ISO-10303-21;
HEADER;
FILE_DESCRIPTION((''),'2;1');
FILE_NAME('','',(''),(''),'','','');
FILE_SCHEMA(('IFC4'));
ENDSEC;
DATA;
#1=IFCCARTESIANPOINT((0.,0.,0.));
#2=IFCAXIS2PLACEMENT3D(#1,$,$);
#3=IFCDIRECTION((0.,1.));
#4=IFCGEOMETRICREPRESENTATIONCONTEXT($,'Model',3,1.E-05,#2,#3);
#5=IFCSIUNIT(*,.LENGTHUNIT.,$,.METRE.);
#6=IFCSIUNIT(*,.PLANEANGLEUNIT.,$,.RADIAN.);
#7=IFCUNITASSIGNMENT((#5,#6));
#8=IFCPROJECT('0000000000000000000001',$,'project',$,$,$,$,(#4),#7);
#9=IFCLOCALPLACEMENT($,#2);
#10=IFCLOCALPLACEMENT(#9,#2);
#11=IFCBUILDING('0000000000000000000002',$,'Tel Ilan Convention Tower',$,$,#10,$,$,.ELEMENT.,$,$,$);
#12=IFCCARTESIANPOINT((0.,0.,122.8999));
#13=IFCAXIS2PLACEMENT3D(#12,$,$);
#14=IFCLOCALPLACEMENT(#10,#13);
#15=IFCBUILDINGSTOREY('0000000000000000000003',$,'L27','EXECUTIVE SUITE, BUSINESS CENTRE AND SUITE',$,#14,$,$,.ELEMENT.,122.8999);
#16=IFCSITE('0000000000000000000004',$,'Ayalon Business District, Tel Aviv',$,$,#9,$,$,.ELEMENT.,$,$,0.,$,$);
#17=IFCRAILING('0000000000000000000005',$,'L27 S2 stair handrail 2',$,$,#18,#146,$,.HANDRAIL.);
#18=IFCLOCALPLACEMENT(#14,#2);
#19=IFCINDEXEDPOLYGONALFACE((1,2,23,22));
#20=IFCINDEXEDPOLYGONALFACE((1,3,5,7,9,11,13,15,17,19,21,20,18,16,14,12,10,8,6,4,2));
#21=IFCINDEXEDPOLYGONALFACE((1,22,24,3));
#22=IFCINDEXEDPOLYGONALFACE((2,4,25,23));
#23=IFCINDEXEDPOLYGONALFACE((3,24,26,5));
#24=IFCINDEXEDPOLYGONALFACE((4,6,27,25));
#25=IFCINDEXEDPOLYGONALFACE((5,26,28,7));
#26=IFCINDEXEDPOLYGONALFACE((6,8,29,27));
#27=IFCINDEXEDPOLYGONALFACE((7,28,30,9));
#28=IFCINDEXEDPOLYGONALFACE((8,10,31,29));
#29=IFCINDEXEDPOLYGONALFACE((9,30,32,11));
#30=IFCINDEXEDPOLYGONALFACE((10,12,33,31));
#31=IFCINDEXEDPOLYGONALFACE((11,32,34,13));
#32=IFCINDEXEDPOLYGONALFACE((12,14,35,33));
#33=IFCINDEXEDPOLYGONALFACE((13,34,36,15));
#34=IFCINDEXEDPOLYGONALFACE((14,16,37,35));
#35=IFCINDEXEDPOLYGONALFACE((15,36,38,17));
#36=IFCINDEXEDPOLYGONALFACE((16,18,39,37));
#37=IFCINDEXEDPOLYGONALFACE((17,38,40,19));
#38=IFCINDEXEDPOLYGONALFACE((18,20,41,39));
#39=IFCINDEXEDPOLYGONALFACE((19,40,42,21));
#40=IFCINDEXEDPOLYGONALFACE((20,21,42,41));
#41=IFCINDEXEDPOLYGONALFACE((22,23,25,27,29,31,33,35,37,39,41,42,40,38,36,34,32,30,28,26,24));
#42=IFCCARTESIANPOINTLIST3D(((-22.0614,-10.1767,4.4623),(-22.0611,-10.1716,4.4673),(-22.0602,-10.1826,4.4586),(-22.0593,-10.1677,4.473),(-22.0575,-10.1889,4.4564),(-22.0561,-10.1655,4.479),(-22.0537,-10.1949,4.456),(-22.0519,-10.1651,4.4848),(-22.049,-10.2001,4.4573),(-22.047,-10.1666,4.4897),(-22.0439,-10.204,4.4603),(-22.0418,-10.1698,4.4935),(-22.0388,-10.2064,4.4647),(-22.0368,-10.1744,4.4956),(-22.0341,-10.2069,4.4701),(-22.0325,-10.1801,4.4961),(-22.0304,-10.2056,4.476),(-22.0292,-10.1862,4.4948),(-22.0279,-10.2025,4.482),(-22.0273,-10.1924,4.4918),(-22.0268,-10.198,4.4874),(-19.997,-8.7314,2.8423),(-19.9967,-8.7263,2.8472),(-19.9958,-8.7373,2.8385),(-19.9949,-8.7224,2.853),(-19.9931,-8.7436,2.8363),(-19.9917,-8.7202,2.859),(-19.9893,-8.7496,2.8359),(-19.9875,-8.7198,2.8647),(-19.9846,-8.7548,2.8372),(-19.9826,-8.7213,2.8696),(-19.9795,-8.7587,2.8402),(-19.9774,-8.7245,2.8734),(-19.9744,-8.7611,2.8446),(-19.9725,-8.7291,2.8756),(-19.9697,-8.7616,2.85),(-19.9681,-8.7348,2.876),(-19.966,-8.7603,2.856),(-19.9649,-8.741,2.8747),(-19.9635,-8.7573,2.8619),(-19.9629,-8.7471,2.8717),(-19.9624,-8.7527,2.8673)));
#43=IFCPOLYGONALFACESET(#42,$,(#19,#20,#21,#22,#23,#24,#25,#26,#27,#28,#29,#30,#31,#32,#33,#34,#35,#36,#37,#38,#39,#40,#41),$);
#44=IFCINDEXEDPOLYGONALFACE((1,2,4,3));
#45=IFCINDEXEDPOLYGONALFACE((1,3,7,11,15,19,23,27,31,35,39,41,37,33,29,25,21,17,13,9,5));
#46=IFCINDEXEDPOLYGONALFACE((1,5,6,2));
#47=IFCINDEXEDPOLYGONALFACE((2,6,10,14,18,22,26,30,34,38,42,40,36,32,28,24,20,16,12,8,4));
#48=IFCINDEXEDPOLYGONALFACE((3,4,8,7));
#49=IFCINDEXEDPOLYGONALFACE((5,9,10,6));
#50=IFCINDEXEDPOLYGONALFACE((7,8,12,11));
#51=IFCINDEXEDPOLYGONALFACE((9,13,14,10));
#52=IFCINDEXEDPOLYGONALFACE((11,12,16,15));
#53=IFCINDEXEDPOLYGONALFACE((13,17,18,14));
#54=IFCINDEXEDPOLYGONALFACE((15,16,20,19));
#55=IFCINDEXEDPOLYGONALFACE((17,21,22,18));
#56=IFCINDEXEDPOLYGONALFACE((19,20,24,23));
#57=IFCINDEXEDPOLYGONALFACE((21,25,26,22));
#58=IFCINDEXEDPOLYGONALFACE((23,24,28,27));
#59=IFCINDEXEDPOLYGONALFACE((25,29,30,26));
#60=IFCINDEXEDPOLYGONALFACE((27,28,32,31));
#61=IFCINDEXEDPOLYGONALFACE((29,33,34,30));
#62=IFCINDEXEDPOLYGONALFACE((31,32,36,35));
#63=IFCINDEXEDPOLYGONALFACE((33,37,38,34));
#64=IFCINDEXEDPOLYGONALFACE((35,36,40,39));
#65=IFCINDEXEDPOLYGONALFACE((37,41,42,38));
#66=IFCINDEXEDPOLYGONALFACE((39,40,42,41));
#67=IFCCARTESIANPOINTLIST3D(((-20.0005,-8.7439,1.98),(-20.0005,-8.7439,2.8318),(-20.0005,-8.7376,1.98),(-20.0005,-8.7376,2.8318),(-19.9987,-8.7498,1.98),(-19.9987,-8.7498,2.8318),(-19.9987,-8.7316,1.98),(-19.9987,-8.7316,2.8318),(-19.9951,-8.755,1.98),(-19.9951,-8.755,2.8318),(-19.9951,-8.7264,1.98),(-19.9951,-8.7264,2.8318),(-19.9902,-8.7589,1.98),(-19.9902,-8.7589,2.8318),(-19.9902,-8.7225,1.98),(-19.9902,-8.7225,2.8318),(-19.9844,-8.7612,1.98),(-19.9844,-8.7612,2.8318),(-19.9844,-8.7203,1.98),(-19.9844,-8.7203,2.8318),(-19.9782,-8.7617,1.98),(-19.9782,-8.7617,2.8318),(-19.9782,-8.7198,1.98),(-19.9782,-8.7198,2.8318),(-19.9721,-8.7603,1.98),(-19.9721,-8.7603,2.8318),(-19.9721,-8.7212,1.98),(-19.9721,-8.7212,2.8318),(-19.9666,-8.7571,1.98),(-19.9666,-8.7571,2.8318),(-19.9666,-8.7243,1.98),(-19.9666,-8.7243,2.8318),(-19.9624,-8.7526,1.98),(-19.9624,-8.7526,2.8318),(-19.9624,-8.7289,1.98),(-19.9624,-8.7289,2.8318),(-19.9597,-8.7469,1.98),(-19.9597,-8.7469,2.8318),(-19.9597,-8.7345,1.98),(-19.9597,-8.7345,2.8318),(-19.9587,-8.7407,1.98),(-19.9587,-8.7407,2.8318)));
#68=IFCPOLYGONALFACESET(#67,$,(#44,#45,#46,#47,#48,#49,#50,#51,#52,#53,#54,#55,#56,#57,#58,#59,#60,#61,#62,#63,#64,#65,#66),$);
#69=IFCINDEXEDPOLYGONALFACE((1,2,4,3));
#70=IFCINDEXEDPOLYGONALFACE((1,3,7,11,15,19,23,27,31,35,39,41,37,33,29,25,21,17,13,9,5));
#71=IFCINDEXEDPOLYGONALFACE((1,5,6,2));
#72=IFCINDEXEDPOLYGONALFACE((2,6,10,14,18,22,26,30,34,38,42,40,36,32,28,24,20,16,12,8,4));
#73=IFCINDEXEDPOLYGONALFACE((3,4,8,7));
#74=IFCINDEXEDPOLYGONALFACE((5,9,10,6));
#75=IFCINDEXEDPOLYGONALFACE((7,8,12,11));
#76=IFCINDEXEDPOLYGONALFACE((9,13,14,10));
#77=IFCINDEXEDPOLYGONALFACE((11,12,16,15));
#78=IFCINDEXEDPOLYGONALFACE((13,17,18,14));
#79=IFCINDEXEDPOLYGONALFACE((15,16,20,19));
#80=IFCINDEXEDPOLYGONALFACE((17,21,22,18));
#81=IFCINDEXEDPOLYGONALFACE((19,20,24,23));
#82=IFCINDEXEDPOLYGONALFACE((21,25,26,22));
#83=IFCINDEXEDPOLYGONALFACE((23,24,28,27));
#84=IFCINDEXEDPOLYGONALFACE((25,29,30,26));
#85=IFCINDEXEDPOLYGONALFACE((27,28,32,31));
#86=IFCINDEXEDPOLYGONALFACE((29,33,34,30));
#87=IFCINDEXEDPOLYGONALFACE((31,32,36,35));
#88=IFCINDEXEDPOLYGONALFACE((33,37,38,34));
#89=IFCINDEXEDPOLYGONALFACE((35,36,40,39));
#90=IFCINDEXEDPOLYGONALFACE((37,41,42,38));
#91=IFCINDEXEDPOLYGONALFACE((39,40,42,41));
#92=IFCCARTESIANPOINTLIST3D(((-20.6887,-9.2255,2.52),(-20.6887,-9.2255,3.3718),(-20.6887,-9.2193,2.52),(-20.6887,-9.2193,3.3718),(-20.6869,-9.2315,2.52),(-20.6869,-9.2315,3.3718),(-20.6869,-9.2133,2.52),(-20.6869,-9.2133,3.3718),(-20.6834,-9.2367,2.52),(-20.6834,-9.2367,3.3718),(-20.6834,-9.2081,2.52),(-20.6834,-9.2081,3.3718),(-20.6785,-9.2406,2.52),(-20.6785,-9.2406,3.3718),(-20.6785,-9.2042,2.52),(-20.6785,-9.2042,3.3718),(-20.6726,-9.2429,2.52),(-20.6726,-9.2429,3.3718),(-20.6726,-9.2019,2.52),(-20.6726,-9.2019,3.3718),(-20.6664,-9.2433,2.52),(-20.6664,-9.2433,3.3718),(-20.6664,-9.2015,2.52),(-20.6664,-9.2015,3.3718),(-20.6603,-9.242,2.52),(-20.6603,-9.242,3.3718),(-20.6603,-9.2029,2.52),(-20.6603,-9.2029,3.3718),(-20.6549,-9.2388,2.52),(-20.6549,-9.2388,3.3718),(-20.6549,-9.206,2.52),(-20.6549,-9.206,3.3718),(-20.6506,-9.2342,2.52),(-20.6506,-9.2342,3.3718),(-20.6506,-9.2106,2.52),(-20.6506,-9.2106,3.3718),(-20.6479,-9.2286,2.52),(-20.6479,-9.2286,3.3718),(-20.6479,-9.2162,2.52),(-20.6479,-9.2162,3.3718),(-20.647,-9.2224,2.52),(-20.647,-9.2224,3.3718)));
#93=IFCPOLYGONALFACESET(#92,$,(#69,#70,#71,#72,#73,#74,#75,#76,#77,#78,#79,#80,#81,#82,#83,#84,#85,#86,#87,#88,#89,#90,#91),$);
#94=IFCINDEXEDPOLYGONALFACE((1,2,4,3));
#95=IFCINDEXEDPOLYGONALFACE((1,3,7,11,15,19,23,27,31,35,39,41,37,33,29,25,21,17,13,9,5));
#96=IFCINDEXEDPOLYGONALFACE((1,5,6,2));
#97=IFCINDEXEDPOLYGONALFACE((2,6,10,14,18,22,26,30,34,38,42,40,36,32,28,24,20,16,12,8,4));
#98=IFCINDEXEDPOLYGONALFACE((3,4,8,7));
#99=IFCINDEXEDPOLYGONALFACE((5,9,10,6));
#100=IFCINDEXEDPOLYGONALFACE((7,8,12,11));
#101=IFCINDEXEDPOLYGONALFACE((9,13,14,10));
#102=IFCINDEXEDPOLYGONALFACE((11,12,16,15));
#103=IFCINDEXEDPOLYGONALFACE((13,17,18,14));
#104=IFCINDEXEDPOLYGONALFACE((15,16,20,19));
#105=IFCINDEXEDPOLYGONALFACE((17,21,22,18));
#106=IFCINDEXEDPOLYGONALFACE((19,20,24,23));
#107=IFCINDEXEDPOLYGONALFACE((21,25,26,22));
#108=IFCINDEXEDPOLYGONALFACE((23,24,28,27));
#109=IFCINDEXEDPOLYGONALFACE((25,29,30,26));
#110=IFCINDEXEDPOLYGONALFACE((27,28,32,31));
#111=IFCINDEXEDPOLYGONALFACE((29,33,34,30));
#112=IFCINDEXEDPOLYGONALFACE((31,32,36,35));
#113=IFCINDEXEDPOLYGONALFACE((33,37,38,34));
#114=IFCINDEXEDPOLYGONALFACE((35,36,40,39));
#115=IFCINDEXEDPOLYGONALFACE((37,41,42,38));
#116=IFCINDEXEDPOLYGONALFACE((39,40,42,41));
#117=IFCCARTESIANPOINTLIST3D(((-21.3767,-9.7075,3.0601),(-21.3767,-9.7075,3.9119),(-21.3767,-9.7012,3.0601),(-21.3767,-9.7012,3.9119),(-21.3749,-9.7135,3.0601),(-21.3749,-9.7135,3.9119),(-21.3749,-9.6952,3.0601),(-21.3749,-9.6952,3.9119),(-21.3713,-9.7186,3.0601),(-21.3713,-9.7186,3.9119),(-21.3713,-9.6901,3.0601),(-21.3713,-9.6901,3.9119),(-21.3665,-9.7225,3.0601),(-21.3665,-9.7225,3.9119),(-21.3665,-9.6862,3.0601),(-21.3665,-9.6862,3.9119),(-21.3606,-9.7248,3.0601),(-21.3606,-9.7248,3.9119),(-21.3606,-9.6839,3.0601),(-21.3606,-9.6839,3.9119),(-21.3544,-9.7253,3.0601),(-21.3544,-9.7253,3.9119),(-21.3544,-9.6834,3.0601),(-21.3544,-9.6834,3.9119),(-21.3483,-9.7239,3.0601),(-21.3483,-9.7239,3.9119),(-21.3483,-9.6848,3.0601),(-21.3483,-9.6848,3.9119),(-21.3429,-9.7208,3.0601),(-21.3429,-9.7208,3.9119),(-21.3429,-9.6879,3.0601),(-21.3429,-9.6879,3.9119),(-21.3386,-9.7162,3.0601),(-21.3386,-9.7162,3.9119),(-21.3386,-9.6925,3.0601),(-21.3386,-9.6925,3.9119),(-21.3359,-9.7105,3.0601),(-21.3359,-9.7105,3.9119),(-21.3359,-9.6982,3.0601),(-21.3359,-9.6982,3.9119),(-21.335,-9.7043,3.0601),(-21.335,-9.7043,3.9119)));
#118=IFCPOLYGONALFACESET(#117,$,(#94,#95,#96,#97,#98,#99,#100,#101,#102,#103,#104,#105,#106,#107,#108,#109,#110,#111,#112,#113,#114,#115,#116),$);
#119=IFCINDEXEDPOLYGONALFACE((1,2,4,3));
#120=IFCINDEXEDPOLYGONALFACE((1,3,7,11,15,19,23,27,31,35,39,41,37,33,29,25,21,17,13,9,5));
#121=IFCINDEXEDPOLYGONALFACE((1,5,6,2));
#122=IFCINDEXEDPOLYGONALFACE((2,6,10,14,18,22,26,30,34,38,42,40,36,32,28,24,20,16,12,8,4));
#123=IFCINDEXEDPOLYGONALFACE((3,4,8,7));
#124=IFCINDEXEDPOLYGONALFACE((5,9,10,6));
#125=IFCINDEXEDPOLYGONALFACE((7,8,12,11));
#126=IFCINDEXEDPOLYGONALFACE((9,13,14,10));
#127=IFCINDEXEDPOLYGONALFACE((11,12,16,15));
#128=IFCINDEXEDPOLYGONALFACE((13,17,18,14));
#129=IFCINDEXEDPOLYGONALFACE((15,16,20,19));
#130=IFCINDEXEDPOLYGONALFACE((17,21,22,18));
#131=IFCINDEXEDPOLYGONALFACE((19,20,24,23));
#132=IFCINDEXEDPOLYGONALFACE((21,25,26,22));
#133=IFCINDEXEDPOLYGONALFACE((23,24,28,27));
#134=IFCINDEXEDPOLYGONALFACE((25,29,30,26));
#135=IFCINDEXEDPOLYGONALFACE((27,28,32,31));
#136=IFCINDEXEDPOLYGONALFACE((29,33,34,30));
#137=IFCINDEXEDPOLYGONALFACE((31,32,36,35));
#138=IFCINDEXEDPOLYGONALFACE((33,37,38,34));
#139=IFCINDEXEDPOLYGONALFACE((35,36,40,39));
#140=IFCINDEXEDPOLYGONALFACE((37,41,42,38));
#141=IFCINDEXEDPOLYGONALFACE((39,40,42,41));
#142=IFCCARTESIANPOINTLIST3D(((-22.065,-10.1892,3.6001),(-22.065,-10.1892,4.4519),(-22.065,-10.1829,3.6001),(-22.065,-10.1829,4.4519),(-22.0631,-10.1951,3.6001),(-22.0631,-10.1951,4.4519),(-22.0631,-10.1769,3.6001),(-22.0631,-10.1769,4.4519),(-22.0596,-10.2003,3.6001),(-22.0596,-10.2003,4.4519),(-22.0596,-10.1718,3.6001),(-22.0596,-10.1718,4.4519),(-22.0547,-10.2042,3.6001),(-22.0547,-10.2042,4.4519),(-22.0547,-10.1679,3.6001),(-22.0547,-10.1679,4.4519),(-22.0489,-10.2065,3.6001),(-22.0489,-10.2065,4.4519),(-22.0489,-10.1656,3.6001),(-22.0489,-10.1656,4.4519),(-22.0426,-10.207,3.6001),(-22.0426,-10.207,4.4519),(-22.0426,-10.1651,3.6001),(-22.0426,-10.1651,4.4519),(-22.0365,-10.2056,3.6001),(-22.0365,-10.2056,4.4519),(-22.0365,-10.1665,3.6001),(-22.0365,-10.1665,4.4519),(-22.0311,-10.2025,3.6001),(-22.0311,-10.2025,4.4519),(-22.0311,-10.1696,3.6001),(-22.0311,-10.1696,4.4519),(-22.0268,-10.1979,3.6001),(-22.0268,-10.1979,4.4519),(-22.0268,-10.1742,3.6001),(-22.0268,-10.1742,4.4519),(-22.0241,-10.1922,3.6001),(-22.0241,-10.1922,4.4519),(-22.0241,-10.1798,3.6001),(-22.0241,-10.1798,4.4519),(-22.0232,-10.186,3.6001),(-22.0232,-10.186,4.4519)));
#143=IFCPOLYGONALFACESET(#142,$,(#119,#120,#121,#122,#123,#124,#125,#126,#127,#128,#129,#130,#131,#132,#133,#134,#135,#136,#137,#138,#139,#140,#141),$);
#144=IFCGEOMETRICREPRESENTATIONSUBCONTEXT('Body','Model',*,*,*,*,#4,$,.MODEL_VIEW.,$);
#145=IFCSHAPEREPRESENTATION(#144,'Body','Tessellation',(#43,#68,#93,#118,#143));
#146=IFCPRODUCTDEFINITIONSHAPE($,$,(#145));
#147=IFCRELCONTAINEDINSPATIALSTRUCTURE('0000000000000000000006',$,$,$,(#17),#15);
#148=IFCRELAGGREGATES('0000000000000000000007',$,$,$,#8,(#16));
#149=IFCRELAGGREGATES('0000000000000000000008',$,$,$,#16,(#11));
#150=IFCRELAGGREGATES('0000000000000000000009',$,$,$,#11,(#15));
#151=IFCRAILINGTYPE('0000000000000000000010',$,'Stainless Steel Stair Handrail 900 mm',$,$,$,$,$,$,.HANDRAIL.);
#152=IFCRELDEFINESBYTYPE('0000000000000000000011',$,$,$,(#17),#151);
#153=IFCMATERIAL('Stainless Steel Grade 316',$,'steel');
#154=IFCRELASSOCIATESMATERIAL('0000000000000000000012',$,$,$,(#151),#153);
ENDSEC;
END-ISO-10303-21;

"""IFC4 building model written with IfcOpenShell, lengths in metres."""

from ifc_helpers import new_model, si_unit, direction, frame, origin, origin_2d, place, context, subcontext, project, spatial, circle, extrude, material, type_object, element, save


model = new_model("IFC4")

# Units and contexts
model_context = context("Model", 3, precision=1e-05, world=origin(), true_north=direction((0.0, 1.0)))
body_context = subcontext(model_context, "Body", "Model", "MODEL_VIEW")
ifc_project = project(units=[si_unit("LENGTHUNIT", "METRE"), si_unit("PLANEANGLEUNIT", "RADIAN")], contexts=[model_context])

# Site, building, storey
site_placement = place(None, origin())
site = spatial("IfcSite", under=ifc_project, at=site_placement, Name="Ayalon Business District, Tel Aviv", CompositionType="ELEMENT", RefElevation=0.0)
building_placement = place(site_placement, origin())
building = spatial("IfcBuilding", under=site, at=building_placement, Name="Tel Ilan Convention Tower", CompositionType="ELEMENT")
storey_placement = place(building_placement, frame((0.0, 0.0, 122.8999)))
storey = spatial("IfcBuildingStorey", under=building, at=storey_placement, Name="L27", Description="EXECUTIVE SUITE, BUSINESS CENTRE AND SUITE", CompositionType="ELEMENT", Elevation=122.8999)

# Railing
ifc_material_1 = material(Name="Stainless Steel Grade 316", Category="steel")
railing_type_1 = type_object("IfcRailingType", Name="Stainless Steel Stair Handrail 900 mm", PredefinedType="HANDRAIL", material=ifc_material_1)
railing_1_placement = place(storey_placement, frame((-19.9797, -8.7407, 1.98)))
element("IfcRailing", 1, at=railing_1_placement, inside=storey, type_object=railing_type_1, Name="L27 S2 stair handrail 2", PredefinedType="HANDRAIL", context=body_context, shape_type="SweptSolid", body=[
    extrude(circle(Radius=0.0239, at=origin_2d()), frame((0.0, 0.0, 0.876), z_axis=(-0.689083, -0.482423, 0.54077), x_axis=(0.573514, -0.819196, 0.0)), (0.0, 0.0, 1.0), 2.9958),
    extrude(circle(Radius=0.021, at=origin_2d()), origin(), (0.0, 0.0, 1.0), 0.8518),
    extrude(circle(Radius=0.021, at=origin_2d()), frame((-0.6882, -0.4817, 0.54)), (0.0, 0.0, 1.0), 0.8518),
    extrude(circle(Radius=0.021, at=origin_2d()), frame((-1.3762, -0.9636, 1.0801)), (0.0, 0.0, 1.0), 0.8518),
    extrude(circle(Radius=0.021, at=origin_2d()), frame((-2.0645, -1.4453, 1.6201)), (0.0, 0.0, 1.0), 0.8518),
])

save(model, "model.ifc")
